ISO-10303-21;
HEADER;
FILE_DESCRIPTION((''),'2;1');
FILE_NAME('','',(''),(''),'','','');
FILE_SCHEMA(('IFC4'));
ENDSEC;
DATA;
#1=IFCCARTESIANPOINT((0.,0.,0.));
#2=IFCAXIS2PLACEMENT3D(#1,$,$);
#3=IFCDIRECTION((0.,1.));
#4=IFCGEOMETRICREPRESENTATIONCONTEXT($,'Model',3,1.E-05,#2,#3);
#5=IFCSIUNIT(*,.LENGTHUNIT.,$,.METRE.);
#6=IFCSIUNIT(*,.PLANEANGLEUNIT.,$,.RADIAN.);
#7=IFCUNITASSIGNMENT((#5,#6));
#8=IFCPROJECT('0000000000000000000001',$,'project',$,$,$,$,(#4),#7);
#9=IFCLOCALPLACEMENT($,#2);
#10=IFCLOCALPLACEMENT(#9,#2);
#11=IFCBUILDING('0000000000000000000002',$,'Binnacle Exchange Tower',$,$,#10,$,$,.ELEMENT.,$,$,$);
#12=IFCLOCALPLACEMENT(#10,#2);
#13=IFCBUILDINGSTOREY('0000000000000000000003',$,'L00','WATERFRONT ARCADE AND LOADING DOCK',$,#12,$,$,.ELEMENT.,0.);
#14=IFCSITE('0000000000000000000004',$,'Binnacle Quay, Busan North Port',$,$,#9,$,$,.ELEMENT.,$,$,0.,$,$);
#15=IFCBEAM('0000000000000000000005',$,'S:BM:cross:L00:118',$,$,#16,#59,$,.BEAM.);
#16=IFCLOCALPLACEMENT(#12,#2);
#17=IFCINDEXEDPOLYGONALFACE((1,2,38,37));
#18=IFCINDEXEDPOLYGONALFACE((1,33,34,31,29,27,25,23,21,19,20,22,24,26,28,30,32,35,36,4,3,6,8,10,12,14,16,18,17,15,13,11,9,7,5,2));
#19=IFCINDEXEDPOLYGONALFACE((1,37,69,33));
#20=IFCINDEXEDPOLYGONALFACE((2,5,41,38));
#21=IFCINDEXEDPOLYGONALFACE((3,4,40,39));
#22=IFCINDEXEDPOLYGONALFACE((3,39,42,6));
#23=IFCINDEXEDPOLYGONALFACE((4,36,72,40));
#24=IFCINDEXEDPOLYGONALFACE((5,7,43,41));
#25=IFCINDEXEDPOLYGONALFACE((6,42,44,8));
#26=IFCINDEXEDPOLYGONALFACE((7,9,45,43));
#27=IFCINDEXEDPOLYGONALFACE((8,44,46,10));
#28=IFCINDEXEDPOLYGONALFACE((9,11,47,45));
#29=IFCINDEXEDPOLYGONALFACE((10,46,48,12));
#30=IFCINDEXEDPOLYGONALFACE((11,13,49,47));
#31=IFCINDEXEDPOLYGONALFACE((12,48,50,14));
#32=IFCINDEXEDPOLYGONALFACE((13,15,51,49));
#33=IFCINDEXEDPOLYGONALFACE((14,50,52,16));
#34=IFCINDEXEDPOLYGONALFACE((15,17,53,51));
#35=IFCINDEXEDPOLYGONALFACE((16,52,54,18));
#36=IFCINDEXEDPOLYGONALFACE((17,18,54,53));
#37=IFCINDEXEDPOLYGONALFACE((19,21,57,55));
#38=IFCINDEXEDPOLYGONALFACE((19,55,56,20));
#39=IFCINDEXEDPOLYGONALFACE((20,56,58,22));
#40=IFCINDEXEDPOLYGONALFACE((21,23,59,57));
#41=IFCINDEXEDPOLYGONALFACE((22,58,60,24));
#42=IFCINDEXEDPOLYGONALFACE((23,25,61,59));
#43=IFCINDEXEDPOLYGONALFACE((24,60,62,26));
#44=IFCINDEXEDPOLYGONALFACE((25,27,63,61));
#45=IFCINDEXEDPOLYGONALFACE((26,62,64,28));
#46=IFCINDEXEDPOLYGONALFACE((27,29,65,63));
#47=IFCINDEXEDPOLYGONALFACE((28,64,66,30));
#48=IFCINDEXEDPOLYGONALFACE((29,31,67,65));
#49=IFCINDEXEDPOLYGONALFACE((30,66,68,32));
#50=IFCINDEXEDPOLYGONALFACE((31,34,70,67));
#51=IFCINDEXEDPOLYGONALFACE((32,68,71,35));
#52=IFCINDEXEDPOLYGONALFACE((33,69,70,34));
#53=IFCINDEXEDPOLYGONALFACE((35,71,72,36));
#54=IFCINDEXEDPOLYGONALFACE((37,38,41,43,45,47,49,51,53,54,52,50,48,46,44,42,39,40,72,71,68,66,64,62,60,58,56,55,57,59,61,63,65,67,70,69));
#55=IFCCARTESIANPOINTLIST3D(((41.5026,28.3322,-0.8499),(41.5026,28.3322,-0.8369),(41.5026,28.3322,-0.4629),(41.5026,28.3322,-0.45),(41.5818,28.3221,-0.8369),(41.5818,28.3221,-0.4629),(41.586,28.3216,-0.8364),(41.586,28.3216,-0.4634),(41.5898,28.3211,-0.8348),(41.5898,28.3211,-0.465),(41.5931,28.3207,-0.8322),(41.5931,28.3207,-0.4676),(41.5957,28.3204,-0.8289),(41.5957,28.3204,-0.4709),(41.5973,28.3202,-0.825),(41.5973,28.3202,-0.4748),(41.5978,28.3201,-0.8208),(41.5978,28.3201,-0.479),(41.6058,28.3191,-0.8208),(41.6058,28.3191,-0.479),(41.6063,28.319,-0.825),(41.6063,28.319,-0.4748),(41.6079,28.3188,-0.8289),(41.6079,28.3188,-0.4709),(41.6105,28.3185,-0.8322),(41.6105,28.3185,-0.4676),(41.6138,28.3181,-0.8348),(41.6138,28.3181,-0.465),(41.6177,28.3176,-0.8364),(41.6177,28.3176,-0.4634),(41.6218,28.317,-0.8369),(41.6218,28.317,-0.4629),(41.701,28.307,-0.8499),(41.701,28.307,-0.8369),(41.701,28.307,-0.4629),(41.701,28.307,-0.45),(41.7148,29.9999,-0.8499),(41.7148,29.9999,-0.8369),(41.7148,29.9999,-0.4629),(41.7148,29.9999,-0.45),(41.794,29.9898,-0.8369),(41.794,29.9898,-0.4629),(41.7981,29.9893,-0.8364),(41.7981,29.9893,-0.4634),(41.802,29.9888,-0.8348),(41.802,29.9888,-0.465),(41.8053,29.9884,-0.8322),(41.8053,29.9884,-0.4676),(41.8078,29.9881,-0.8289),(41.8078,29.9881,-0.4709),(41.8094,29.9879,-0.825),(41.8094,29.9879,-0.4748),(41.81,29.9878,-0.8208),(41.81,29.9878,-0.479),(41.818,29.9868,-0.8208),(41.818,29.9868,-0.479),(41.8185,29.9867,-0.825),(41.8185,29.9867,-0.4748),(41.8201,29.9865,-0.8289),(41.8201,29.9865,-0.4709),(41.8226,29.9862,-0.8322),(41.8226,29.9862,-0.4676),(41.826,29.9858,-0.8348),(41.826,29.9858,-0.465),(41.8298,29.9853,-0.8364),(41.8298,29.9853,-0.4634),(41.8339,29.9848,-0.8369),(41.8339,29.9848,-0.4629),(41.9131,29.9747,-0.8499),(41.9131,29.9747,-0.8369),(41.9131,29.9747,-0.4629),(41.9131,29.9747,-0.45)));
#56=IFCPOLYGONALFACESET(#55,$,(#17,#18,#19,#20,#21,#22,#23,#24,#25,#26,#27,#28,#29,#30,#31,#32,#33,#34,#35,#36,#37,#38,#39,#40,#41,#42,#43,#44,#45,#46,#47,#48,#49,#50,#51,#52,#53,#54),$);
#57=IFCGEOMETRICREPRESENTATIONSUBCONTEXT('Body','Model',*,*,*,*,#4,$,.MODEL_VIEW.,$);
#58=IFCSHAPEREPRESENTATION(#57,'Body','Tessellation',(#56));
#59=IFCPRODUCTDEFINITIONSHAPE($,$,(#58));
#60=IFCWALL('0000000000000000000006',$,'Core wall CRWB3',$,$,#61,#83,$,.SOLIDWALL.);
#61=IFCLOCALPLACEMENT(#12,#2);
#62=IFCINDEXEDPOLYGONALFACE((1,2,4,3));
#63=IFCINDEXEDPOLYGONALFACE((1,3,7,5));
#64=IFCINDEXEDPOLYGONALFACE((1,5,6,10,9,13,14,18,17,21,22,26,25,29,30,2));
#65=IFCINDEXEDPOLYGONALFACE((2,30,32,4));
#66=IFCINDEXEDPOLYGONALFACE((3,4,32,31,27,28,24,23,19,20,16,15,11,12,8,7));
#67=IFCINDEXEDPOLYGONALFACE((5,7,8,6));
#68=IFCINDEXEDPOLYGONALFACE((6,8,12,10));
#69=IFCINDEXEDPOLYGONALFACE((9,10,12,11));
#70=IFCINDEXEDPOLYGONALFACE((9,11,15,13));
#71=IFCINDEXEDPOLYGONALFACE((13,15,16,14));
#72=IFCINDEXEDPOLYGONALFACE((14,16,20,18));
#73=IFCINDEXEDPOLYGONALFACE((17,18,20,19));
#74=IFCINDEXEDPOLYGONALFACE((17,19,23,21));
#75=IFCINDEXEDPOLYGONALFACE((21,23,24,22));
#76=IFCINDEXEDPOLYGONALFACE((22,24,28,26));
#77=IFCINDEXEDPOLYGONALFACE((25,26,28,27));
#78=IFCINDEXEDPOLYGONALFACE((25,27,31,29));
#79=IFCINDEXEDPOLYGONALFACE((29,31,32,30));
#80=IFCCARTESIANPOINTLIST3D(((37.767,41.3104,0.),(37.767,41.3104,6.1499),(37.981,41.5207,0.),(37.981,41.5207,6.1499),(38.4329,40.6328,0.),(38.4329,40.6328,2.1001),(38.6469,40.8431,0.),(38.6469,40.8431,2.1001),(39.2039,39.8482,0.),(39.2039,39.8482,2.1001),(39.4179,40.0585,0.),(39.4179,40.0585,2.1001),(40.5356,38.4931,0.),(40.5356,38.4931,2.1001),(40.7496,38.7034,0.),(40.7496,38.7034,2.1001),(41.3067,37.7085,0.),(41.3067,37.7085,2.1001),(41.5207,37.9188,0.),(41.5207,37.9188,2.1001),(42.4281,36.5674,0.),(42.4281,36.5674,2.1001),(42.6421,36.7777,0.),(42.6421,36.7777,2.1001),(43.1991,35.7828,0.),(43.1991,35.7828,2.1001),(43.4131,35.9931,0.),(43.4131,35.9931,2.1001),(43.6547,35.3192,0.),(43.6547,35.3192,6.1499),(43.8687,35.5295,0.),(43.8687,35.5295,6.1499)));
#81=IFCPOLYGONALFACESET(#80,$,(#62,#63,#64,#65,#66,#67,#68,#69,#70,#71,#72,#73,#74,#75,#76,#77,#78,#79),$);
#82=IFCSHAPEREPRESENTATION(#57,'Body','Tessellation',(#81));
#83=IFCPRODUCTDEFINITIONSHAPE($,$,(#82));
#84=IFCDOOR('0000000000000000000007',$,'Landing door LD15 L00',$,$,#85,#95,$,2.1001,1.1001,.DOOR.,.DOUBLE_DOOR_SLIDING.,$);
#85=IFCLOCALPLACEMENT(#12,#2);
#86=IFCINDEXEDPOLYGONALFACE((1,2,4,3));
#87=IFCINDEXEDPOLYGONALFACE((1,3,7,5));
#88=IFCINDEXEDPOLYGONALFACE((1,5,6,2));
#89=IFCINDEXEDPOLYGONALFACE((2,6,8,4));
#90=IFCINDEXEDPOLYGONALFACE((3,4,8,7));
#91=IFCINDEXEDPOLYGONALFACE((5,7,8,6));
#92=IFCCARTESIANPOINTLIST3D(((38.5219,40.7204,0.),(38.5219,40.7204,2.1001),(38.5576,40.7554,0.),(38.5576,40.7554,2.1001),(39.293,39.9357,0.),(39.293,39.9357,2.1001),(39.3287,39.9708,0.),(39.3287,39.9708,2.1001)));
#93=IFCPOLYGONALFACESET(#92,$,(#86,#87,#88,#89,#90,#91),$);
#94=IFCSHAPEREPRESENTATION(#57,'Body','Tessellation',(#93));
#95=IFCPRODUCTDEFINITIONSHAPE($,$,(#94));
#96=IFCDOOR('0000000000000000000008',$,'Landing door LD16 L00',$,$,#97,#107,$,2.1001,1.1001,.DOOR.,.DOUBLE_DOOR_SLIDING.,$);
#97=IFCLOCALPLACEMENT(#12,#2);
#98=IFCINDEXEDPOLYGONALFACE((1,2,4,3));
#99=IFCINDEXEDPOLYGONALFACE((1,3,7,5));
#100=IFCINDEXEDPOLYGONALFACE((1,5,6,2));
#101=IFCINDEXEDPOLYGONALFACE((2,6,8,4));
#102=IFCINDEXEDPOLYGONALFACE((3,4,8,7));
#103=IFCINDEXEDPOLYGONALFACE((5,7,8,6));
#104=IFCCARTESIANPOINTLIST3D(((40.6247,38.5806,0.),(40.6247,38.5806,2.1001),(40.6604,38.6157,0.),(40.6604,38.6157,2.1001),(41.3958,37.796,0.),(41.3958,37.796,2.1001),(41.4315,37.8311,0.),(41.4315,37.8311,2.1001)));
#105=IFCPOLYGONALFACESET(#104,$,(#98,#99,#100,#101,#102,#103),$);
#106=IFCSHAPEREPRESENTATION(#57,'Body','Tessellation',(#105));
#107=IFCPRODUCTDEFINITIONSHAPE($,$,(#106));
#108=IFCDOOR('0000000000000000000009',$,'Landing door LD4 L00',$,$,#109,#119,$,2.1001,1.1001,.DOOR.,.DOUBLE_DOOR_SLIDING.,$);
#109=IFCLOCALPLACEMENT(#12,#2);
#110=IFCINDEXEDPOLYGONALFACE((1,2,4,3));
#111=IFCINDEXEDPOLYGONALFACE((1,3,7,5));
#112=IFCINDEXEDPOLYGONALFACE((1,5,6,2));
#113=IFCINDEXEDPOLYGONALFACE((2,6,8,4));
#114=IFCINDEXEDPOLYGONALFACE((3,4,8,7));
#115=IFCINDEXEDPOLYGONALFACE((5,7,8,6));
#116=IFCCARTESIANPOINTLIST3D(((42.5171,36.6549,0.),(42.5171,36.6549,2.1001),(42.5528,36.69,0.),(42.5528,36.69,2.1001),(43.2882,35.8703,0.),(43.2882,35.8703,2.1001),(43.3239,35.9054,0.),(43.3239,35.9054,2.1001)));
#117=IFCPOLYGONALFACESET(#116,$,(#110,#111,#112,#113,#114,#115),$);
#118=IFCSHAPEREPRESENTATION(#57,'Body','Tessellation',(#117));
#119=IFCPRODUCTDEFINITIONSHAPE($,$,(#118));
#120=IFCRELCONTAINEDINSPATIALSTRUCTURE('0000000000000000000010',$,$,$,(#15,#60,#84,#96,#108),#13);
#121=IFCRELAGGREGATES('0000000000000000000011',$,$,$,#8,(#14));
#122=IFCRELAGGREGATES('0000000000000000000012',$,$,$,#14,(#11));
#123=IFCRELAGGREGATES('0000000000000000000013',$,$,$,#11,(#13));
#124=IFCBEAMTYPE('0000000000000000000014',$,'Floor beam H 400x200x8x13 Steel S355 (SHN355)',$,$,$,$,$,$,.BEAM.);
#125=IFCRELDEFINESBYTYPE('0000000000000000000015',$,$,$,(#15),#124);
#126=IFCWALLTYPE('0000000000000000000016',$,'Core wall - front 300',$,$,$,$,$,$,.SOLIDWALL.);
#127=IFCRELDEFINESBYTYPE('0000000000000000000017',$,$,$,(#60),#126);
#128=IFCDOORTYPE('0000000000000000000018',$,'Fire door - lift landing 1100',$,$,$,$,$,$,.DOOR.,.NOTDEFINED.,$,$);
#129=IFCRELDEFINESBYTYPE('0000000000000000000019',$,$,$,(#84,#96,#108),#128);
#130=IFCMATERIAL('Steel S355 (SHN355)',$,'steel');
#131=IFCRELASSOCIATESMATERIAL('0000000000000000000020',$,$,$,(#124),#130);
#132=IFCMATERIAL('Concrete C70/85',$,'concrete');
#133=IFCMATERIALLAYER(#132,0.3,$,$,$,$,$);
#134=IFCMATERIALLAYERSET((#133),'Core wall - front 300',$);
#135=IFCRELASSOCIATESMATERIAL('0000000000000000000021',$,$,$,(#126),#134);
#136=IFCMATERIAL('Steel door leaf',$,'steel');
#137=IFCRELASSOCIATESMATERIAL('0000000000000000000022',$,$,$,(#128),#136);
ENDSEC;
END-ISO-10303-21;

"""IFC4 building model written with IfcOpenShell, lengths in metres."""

from ifc_helpers import new_model, si_unit, direction, frame, frame_2d, origin, origin_2d, place, context, subcontext, project, spatial, rectangle, i_section, extrude, material, layer, layer_set, material_profile, profile_set, type_object, element, fill, save


model = new_model("IFC4")

# Units and contexts
model_context = context("Model", 3, precision=1e-05, world=origin(), true_north=direction((0.0, 1.0)))
body_context = subcontext(model_context, "Body", "Model", "MODEL_VIEW")
ifc_project = project(units=[si_unit("LENGTHUNIT", "METRE"), si_unit("PLANEANGLEUNIT", "RADIAN")], contexts=[model_context])

# Site, building, storey
site_placement = place(None, origin())
site = spatial("IfcSite", under=ifc_project, at=site_placement, Name="Binnacle Quay, Busan North Port", CompositionType="ELEMENT", RefElevation=0.0)
building_placement = place(site_placement, origin())
building = spatial("IfcBuilding", under=site, at=building_placement, Name="Binnacle Exchange Tower", CompositionType="ELEMENT")
storey_placement = place(building_placement, origin())
storey = spatial("IfcBuildingStorey", under=building, at=storey_placement, Name="L00", Description="WATERFRONT ARCADE AND LOADING DOCK", CompositionType="ELEMENT", Elevation=0.0)

# Shared definitions
ifc_material_1 = material(Name="Concrete C70/85", Category="concrete")

# Beam
ifc_material_2 = material(Name="Steel S355 (SHN355)", Category="steel")
ifc_material_profile_1 = material_profile(ifc_material_2, i_section(OverallWidth=0.2, OverallDepth=0.3999, WebThickness=0.0081, FlangeThickness=0.0129, FilletRadius=0.0161, at=origin_2d()), Name="H 400x200x8x13")
ifc_profile_set_1 = profile_set([ifc_material_profile_1], Name="Steel S355 (SHN355)")
beam_type_1 = type_object("IfcBeamType", Name="Floor beam H 400x200x8x13 Steel S355 (SHN355)", PredefinedType="BEAM", material=ifc_profile_set_1)
beam_1_placement = place(storey_placement, frame((41.6018, 28.3196, -0.6499), z_axis=(0.126197, 0.992005, 0.0), x_axis=(-0.992005, 0.126197, 0.0)))
element("IfcBeam", 1, at=beam_1_placement, inside=storey, type_object=beam_type_1, Name="S:BM:cross:L00:118", PredefinedType="BEAM", context=body_context, shape_type="SweptSolid", body=[
    extrude(i_section(OverallWidth=0.2, OverallDepth=0.3999, WebThickness=0.0081, FlangeThickness=0.0129, FilletRadius=0.0161, at=origin_2d()), origin(), (0.0, 0.0, 1.0), 1.6812),
])

# Wall, openings, doors
ifc_layer_1 = layer(ifc_material_1, 0.3)
ifc_layer_set_1 = layer_set([ifc_layer_1], Name="Core wall - front 300")
wall_type_1 = type_object("IfcWallType", Name="Core wall - front 300", PredefinedType="SOLIDWALL", material=ifc_layer_set_1)
wall_1_placement = place(storey_placement, frame((37.874, 41.4155, 0.0), z_axis=(0.0, 0.0, 1.0), x_axis=(0.700918, -0.713242, 0.0)))
wall_1 = element("IfcWall", 2, at=wall_1_placement, inside=storey, type_object=wall_type_1, Name="Core wall CRWB3", PredefinedType="SOLIDWALL", context=body_context, shape_type="SweptSolid", body=[
    extrude(rectangle(XDim=8.3999, YDim=0.3, at=frame_2d((4.2, 0.0))), origin(), (0.0, 0.0, 1.0), 6.1499),
])
opening_1_placement = place(wall_1_placement, frame((0.95, 0.0, 0.0)))
opening_1 = element("IfcOpeningElement", 3, at=opening_1_placement, cuts=wall_1, PredefinedType="OPENING", context=body_context, shape_type="SweptSolid", body=[
    extrude(rectangle(XDim=1.1001, YDim=2.1001, at=frame_2d((0.55, 1.05))), frame((0.0, 0.1599, 0.0), z_axis=(0.0, -1.0, 0.0), x_axis=(1.0, 0.0, 0.0)), (0.0, 0.0, 1.0), 0.3201),
])
opening_2_placement = place(wall_1_placement, frame((3.95, 0.0, 0.0)))
opening_2 = element("IfcOpeningElement", 4, at=opening_2_placement, cuts=wall_1, PredefinedType="OPENING", context=body_context, shape_type="SweptSolid", body=[
    extrude(rectangle(XDim=1.1001, YDim=2.1001, at=frame_2d((0.55, 1.05))), frame((0.0, 0.1599, 0.0), z_axis=(0.0, -1.0, 0.0), x_axis=(1.0, 0.0, 0.0)), (0.0, 0.0, 1.0), 0.3201),
])
opening_3_placement = place(wall_1_placement, frame((6.6499, 0.0, 0.0)))
opening_3 = element("IfcOpeningElement", 5, at=opening_3_placement, cuts=wall_1, PredefinedType="OPENING", context=body_context, shape_type="SweptSolid", body=[
    extrude(rectangle(XDim=1.1001, YDim=2.1001, at=frame_2d((0.55, 1.05))), frame((0.0, 0.1599, 0.0), z_axis=(0.0, -1.0, 0.0), x_axis=(1.0, 0.0, 0.0)), (0.0, 0.0, 1.0), 0.3201),
])
ifc_material_3 = material(Name="Steel door leaf", Category="steel")
door_type_1 = type_object("IfcDoorType", Name="Fire door - lift landing 1100", OperationType="NOTDEFINED", PredefinedType="DOOR", material=ifc_material_3)
door_1_placement = place(opening_1_placement, origin())
door_1 = element("IfcDoor", 6, at=door_1_placement, inside=storey, type_object=door_type_1, Name="Landing door LD15 L00", OperationType="DOUBLE_DOOR_SLIDING", OverallHeight=2.1001, OverallWidth=1.1001, PredefinedType="DOOR", context=body_context, shape_type="SweptSolid", body=[
    extrude(rectangle(XDim=1.1001, YDim=2.1001, at=frame_2d((0.55, 1.05))), frame((0.0, 0.0249, 0.0), z_axis=(0.0, -1.0, 0.0), x_axis=(1.0, 0.0, 0.0)), (0.0, 0.0, 1.0), 0.05),
])
fill(opening_1, door_1)
door_2_placement = place(opening_2_placement, origin())
door_2 = element("IfcDoor", 7, at=door_2_placement, inside=storey, type_object=door_type_1, Name="Landing door LD16 L00", OperationType="DOUBLE_DOOR_SLIDING", OverallHeight=2.1001, OverallWidth=1.1001, PredefinedType="DOOR", context=body_context, shape_type="SweptSolid", body=[
    extrude(rectangle(XDim=1.1001, YDim=2.1001, at=frame_2d((0.55, 1.05))), frame((0.0, 0.0249, 0.0), z_axis=(0.0, -1.0, 0.0), x_axis=(1.0, 0.0, 0.0)), (0.0, 0.0, 1.0), 0.05),
])
fill(opening_2, door_2)
door_3_placement = place(opening_3_placement, origin())
door_3 = element("IfcDoor", 8, at=door_3_placement, inside=storey, type_object=door_type_1, Name="Landing door LD4 L00", OperationType="DOUBLE_DOOR_SLIDING", OverallHeight=2.1001, OverallWidth=1.1001, PredefinedType="DOOR", context=body_context, shape_type="SweptSolid", body=[
    extrude(rectangle(XDim=1.1001, YDim=2.1001, at=frame_2d((0.55, 1.05))), frame((0.0, 0.0249, 0.0), z_axis=(0.0, -1.0, 0.0), x_axis=(1.0, 0.0, 0.0)), (0.0, 0.0, 1.0), 0.05),
])
fill(opening_3, door_3)

save(model, "model.ifc")
